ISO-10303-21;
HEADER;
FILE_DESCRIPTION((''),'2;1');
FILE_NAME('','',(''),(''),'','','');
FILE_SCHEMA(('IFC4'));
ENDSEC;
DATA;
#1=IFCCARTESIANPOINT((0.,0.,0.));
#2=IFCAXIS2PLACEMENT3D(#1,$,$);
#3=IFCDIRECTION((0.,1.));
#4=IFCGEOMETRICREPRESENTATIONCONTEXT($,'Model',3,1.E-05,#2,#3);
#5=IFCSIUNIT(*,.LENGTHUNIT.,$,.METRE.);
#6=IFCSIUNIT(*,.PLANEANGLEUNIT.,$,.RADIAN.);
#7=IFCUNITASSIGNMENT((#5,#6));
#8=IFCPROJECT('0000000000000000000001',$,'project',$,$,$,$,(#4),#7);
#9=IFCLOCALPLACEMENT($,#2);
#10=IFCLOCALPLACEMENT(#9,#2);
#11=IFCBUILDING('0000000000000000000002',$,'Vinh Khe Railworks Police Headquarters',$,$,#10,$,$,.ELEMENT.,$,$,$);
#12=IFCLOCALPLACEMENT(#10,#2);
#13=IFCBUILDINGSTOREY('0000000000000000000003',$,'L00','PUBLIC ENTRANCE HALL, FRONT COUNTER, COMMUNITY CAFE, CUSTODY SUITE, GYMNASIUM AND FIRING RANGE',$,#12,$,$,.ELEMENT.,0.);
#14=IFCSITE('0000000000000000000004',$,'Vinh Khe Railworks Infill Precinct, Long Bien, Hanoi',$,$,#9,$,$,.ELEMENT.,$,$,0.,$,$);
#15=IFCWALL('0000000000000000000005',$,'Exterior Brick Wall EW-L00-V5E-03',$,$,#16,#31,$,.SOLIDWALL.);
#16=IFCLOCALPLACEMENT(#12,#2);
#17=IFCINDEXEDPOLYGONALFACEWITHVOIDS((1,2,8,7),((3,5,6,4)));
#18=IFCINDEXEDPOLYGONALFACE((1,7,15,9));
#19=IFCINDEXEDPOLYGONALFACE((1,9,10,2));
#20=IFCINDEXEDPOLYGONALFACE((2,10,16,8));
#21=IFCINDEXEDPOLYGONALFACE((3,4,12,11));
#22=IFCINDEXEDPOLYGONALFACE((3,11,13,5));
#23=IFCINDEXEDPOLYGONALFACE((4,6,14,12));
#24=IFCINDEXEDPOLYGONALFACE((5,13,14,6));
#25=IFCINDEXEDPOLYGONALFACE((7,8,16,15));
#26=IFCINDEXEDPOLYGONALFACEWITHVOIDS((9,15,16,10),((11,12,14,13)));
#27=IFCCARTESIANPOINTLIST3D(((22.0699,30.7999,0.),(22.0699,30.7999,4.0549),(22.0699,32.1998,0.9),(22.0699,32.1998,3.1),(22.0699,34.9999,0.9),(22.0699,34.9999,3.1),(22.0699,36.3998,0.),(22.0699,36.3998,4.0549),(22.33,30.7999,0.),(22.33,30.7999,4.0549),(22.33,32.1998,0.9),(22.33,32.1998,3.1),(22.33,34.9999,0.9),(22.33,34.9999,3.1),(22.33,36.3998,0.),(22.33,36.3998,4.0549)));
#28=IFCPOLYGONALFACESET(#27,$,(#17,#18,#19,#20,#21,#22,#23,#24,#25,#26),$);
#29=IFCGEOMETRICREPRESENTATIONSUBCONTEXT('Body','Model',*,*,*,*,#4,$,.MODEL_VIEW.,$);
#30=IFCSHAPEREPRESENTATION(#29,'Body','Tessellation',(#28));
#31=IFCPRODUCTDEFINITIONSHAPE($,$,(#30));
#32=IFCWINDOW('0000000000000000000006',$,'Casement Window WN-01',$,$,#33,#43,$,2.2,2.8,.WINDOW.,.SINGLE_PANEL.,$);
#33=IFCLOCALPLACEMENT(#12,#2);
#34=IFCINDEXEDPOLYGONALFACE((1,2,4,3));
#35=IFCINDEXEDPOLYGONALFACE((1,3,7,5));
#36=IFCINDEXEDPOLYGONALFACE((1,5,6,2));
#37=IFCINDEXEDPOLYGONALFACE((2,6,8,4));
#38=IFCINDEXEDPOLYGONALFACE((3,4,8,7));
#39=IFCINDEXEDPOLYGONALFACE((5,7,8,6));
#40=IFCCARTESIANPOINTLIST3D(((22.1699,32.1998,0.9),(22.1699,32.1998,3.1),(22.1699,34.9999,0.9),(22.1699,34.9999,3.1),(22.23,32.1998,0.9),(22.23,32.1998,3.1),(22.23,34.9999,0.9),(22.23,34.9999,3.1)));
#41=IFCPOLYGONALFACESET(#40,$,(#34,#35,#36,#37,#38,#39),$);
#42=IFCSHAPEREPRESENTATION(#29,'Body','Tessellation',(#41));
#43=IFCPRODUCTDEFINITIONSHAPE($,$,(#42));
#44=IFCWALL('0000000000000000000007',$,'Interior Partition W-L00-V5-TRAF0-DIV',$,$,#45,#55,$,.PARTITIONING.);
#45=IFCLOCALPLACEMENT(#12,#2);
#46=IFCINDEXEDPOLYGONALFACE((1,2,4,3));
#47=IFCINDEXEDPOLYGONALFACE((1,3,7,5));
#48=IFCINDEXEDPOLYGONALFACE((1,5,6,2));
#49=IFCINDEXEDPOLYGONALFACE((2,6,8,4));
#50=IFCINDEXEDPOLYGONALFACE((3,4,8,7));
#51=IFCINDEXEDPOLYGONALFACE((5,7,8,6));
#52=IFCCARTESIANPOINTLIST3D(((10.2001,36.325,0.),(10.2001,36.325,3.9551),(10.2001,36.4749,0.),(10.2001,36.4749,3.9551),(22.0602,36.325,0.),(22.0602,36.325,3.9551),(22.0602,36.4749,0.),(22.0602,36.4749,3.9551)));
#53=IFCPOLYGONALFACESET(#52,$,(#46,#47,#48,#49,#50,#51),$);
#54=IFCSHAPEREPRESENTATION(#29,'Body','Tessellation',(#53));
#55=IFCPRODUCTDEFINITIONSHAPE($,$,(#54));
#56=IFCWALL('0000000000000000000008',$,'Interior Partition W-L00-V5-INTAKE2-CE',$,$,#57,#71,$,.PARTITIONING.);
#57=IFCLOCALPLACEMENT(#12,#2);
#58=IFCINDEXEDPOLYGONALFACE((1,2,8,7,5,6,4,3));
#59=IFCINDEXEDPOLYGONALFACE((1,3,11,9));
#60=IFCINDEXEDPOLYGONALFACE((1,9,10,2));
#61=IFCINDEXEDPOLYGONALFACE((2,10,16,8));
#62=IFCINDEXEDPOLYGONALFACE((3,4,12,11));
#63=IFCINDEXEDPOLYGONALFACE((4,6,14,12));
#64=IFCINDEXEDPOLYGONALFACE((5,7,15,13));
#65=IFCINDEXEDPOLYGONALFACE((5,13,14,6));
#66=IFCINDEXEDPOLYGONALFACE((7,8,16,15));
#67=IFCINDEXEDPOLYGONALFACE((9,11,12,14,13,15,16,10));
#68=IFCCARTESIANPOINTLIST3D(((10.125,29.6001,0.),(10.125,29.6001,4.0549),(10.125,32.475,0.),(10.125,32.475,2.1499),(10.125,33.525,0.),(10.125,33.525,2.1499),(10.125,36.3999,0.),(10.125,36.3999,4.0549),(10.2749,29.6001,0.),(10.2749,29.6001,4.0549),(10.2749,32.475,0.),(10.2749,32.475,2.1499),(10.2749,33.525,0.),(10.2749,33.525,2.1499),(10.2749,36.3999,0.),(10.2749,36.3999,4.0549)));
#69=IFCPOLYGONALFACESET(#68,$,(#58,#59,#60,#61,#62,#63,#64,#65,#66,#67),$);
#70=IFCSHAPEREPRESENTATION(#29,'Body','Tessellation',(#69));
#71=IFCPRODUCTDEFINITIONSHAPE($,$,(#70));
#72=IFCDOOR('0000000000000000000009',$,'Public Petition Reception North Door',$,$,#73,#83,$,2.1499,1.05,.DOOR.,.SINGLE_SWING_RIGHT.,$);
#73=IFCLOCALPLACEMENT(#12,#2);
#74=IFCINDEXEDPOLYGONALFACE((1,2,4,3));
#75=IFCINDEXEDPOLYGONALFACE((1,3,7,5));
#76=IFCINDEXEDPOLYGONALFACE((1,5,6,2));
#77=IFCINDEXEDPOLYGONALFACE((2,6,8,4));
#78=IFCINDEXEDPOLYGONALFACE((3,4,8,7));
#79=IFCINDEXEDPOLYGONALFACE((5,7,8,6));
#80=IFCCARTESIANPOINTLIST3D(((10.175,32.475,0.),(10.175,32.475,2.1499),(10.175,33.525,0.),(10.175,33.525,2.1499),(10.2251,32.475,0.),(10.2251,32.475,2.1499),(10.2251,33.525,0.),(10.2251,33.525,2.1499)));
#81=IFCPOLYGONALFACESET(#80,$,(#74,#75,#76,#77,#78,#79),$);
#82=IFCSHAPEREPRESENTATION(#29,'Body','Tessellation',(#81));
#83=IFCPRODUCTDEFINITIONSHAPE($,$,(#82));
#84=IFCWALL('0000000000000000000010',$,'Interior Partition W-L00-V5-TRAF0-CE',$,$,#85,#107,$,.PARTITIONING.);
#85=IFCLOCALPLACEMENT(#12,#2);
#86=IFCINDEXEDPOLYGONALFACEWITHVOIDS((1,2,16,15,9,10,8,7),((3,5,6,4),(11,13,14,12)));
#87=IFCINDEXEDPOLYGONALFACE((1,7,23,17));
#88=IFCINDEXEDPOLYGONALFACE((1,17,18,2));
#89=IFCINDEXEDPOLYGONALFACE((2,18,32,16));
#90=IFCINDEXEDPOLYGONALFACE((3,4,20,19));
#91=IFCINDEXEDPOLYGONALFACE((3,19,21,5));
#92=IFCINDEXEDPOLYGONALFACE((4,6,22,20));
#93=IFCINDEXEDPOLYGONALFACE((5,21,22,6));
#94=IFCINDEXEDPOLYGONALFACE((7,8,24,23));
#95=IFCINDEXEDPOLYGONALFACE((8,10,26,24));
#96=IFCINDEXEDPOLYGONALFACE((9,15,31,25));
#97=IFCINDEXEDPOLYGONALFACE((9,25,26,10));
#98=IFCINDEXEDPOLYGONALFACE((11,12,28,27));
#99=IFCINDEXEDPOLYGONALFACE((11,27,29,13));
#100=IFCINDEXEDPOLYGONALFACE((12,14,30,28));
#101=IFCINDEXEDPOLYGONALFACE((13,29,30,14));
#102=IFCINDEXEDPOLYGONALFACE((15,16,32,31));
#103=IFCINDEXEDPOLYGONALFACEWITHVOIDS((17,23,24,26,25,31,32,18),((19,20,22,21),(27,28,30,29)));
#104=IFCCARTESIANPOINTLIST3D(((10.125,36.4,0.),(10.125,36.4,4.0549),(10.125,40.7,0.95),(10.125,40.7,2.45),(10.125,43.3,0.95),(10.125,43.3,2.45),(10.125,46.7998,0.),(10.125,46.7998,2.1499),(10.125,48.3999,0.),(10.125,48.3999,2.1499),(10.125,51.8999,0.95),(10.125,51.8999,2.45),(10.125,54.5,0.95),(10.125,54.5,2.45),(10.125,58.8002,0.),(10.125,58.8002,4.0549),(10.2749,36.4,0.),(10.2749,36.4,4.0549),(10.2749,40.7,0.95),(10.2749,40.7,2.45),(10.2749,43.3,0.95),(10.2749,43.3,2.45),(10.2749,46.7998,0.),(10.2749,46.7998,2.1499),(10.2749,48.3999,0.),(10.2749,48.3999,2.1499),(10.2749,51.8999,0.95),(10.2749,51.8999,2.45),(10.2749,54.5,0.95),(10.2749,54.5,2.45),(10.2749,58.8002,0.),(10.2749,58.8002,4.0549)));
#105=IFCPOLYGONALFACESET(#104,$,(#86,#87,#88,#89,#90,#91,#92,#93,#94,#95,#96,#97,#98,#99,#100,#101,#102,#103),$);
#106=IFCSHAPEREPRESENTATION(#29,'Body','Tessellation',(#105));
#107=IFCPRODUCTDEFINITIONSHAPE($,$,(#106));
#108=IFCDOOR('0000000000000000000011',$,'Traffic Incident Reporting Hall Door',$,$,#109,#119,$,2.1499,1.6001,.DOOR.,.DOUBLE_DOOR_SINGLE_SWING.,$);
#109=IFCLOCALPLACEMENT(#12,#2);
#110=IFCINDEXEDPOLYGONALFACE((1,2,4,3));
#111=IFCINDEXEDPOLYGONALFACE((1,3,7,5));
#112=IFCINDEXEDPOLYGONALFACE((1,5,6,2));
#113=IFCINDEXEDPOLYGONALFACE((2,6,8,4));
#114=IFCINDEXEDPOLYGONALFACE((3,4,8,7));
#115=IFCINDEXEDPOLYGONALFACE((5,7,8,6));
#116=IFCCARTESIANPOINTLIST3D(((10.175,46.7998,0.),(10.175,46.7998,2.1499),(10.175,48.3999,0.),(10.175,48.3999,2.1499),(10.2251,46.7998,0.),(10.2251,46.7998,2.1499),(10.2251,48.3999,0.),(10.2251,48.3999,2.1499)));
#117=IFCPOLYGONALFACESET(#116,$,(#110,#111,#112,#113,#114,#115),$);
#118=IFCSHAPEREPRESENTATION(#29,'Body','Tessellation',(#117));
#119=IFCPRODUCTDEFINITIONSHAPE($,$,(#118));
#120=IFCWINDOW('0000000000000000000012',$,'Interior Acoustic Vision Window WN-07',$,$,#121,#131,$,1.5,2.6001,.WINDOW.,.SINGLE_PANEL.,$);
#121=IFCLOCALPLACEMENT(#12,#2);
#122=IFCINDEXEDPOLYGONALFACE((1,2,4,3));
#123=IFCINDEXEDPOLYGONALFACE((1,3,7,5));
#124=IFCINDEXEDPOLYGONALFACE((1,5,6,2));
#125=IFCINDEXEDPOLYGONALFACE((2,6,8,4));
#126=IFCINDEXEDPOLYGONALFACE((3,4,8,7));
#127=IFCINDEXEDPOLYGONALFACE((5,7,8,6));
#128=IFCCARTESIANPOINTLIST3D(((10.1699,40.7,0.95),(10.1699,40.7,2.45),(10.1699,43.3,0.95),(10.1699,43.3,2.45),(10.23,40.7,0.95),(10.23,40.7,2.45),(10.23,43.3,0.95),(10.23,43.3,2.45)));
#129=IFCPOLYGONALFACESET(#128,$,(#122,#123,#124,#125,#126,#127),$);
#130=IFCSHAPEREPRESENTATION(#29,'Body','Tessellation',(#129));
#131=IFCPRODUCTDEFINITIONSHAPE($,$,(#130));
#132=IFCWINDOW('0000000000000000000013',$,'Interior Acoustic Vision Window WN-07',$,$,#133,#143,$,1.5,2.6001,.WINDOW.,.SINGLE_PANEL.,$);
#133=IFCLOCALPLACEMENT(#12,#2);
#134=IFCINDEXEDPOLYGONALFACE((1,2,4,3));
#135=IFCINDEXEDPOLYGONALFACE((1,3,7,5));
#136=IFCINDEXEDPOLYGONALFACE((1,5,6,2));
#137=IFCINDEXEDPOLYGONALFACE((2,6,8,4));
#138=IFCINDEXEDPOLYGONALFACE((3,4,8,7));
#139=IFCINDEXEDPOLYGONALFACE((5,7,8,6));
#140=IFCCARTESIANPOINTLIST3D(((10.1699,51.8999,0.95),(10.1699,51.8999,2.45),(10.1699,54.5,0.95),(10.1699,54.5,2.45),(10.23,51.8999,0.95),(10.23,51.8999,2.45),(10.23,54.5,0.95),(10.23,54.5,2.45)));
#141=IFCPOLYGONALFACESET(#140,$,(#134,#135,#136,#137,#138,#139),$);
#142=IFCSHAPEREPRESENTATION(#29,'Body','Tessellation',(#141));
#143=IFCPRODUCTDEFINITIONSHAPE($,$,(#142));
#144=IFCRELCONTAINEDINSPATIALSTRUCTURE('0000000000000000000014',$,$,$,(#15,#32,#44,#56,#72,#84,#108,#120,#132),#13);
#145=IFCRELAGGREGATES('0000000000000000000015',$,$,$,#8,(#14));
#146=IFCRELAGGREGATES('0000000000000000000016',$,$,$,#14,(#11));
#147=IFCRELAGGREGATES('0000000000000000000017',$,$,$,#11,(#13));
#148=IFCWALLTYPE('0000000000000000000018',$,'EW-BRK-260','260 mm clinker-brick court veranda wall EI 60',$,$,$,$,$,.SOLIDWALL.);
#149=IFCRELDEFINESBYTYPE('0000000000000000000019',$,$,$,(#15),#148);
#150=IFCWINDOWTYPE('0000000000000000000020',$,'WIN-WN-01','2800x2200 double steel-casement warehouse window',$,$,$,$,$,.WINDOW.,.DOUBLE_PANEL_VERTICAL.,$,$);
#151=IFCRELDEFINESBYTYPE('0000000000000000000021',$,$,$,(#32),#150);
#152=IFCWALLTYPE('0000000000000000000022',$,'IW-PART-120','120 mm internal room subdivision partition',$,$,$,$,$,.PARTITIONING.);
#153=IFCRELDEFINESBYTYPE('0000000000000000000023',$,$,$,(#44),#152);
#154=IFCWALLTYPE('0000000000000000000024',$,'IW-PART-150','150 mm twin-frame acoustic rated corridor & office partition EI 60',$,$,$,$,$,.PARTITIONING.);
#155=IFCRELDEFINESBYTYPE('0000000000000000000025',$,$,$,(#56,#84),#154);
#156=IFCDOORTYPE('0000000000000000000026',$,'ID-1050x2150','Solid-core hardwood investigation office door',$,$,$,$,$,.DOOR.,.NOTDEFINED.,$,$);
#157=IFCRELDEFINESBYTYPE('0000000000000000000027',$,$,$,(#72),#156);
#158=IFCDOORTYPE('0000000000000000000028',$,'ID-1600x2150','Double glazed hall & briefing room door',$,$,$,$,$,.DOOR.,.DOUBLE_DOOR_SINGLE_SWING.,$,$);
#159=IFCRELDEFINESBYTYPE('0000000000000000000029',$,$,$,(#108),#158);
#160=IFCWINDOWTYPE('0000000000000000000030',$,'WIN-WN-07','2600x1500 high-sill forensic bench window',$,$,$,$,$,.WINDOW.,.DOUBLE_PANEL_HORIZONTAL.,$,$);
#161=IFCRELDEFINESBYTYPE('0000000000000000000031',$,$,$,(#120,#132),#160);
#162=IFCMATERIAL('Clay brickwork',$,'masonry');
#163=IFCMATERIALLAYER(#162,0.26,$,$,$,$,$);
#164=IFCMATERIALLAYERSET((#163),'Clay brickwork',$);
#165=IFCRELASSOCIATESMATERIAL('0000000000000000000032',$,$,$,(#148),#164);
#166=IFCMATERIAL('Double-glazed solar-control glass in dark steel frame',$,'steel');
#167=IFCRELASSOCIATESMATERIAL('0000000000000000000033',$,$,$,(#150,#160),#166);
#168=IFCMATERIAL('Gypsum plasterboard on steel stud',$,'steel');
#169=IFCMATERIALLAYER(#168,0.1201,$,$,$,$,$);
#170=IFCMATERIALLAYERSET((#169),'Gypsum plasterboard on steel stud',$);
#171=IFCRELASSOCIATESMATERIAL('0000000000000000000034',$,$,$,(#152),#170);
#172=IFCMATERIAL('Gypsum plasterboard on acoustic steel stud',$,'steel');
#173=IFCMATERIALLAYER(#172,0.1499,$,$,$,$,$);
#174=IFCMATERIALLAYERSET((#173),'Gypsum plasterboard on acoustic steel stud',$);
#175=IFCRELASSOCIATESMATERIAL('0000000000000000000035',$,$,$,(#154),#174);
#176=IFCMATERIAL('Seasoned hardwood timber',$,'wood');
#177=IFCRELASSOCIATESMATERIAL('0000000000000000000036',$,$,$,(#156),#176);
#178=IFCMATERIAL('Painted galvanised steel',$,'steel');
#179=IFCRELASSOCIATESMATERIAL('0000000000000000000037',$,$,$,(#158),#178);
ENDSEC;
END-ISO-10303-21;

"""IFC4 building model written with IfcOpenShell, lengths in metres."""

from ifc_helpers import new_model, si_unit, direction, frame, frame_2d, origin, place, context, subcontext, project, spatial, rectangle, extrude, material, layer, layer_set, type_object, element, fill, save


model = new_model("IFC4")

# Units and contexts
model_context = context("Model", 3, precision=1e-05, world=origin(), true_north=direction((0.0, 1.0)))
body_context = subcontext(model_context, "Body", "Model", "MODEL_VIEW")
ifc_project = project(units=[si_unit("LENGTHUNIT", "METRE"), si_unit("PLANEANGLEUNIT", "RADIAN")], contexts=[model_context])

# Site, building, storey
site_placement = place(None, origin())
site = spatial("IfcSite", under=ifc_project, at=site_placement, Name="Vinh Khe Railworks Infill Precinct, Long Bien, Hanoi", CompositionType="ELEMENT", RefElevation=0.0)
building_placement = place(site_placement, origin())
building = spatial("IfcBuilding", under=site, at=building_placement, Name="Vinh Khe Railworks Police Headquarters", CompositionType="ELEMENT")
storey_placement = place(building_placement, origin())
storey = spatial("IfcBuildingStorey", under=building, at=storey_placement, Name="L00", Description="PUBLIC ENTRANCE HALL, FRONT COUNTER, COMMUNITY CAFE, CUSTODY SUITE, GYMNASIUM AND FIRING RANGE", CompositionType="ELEMENT", Elevation=0.0)

# Shared definitions
ifc_material_1 = material(Name="Painted galvanised steel", Category="steel")

# Wall, opening, window
ifc_material_2 = material(Name="Clay brickwork", Category="masonry")
ifc_layer_1 = layer(ifc_material_2, 0.26)
ifc_layer_set_1 = layer_set([ifc_layer_1], Name="Clay brickwork")
wall_type_1 = type_object("IfcWallType", Name="EW-BRK-260", Description="260 mm clinker-brick court veranda wall EI 60", PredefinedType="SOLIDWALL", material=ifc_layer_set_1)
wall_1_placement = place(storey_placement, frame((22.2, 30.8, 0.0), z_axis=(0.0, 0.0, 1.0), x_axis=(0.0, 1.0, 0.0)))
wall_1 = element("IfcWall", 1, at=wall_1_placement, inside=storey, type_object=wall_type_1, Name="Exterior Brick Wall EW-L00-V5E-03", PredefinedType="SOLIDWALL", context=body_context, shape_type="SweptSolid", body=[
    extrude(rectangle(XDim=5.5999, YDim=0.26, at=frame_2d((2.7998, 0.0))), origin(), (0.0, 0.0, 1.0), 4.0549),
])
opening_1_placement = place(wall_1_placement, frame((1.3999, 0.0, 0.8999)))
opening_1 = element("IfcOpeningElement", 2, at=opening_1_placement, cuts=wall_1, PredefinedType="OPENING", context=body_context, shape_type="SweptSolid", body=[
    extrude(rectangle(XDim=2.8, YDim=2.2, at=frame_2d((1.3999, 1.1001))), frame((0.0, 0.145, 0.0), z_axis=(0.0, -1.0, 0.0), x_axis=(1.0, 0.0, 0.0)), (0.0, 0.0, 1.0), 0.2898),
])
ifc_material_3 = material(Name="Double-glazed solar-control glass in dark steel frame", Category="steel")
window_type_1 = type_object("IfcWindowType", Name="WIN-WN-01", Description="2800x2200 double steel-casement warehouse window", PartitioningType="DOUBLE_PANEL_VERTICAL", PredefinedType="WINDOW", material=ifc_material_3)
window_1_placement = place(opening_1_placement, origin())
window_1 = element("IfcWindow", 3, at=window_1_placement, inside=storey, type_object=window_type_1, Name="Casement Window WN-01", OverallHeight=2.2, OverallWidth=2.8, PartitioningType="SINGLE_PANEL", PredefinedType="WINDOW", context=body_context, shape_type="SweptSolid", body=[
    extrude(rectangle(XDim=2.8, YDim=2.2, at=frame_2d((1.3999, 1.1001))), frame((0.0, 0.03, 0.0), z_axis=(0.0, -1.0, 0.0), x_axis=(1.0, 0.0, 0.0)), (0.0, 0.0, 1.0), 0.0601),
])
fill(opening_1, window_1)

# Wall
ifc_material_4 = material(Name="Gypsum plasterboard on steel stud", Category="steel")
ifc_layer_2 = layer(ifc_material_4, 0.1201)
ifc_layer_set_2 = layer_set([ifc_layer_2], Name="Gypsum plasterboard on steel stud")
wall_type_2 = type_object("IfcWallType", Name="IW-PART-120", Description="120 mm internal room subdivision partition", PredefinedType="PARTITIONING", material=ifc_layer_set_2)
wall_2_placement = place(storey_placement, frame((10.2, 36.3999, 0.0), z_axis=(0.0, 0.0, 1.0), x_axis=(1.0, 0.0, 0.0)))
element("IfcWall", 4, at=wall_2_placement, inside=storey, type_object=wall_type_2, Name="Interior Partition W-L00-V5-TRAF0-DIV", PredefinedType="PARTITIONING", context=body_context, shape_type="SweptSolid", body=[
    extrude(rectangle(XDim=11.8601, YDim=0.1499, at=frame_2d((5.9302, 0.0))), origin(), (0.0, 0.0, 1.0), 3.9551),
])

# Wall, opening, door
ifc_material_5 = material(Name="Gypsum plasterboard on acoustic steel stud", Category="steel")
ifc_layer_3 = layer(ifc_material_5, 0.1499)
ifc_layer_set_3 = layer_set([ifc_layer_3], Name="Gypsum plasterboard on acoustic steel stud")
wall_type_3 = type_object("IfcWallType", Name="IW-PART-150", Description="150 mm twin-frame acoustic rated corridor & office partition EI 60", PredefinedType="PARTITIONING", material=ifc_layer_set_3)
wall_3_placement = place(storey_placement, frame((10.2, 29.6001, 0.0), z_axis=(0.0, 0.0, 1.0), x_axis=(0.0, 1.0, 0.0)))
wall_3 = element("IfcWall", 5, at=wall_3_placement, inside=storey, type_object=wall_type_3, Name="Interior Partition W-L00-V5-INTAKE2-CE", PredefinedType="PARTITIONING", context=body_context, shape_type="SweptSolid", body=[
    extrude(rectangle(XDim=6.7998, YDim=0.1499, at=frame_2d((3.3999, 0.0))), origin(), (0.0, 0.0, 1.0), 4.0549),
])
opening_2_placement = place(wall_3_placement, frame((2.875, 0.0, 0.0)))
opening_2 = element("IfcOpeningElement", 6, at=opening_2_placement, cuts=wall_3, PredefinedType="OPENING", context=body_context, shape_type="SweptSolid", body=[
    extrude(rectangle(XDim=1.05, YDim=2.1499, at=frame_2d((0.5249, 1.075))), frame((0.0, 0.0898, 0.0), z_axis=(0.0, -1.0, 0.0), x_axis=(1.0, 0.0, 0.0)), (0.0, 0.0, 1.0), 0.1797),
])
ifc_material_6 = material(Name="Seasoned hardwood timber", Category="wood")
door_type_1 = type_object("IfcDoorType", Name="ID-1050x2150", Description="Solid-core hardwood investigation office door", OperationType="NOTDEFINED", PredefinedType="DOOR", material=ifc_material_6)
door_1_placement = place(opening_2_placement, origin())
door_1 = element("IfcDoor", 7, at=door_1_placement, inside=storey, type_object=door_type_1, Name="Public Petition Reception North Door", OperationType="SINGLE_SWING_RIGHT", OverallHeight=2.1499, OverallWidth=1.05, PredefinedType="DOOR", context=body_context, shape_type="SweptSolid", body=[
    extrude(rectangle(XDim=1.05, YDim=2.1499, at=frame_2d((0.5249, 1.075))), frame((0.0, 0.0249, 0.0), z_axis=(0.0, -1.0, 0.0), x_axis=(1.0, 0.0, 0.0)), (0.0, 0.0, 1.0), 0.05),
])
fill(opening_2, door_1)

# Wall, openings, door, windows
wall_4_placement = place(storey_placement, frame((10.2, 36.3999, 0.0), z_axis=(0.0, 0.0, 1.0), x_axis=(0.0, 1.0, 0.0)))
wall_4 = element("IfcWall", 8, at=wall_4_placement, inside=storey, type_object=wall_type_3, Name="Interior Partition W-L00-V5-TRAF0-CE", PredefinedType="PARTITIONING", context=body_context, shape_type="SweptSolid", body=[
    extrude(rectangle(XDim=22.4001, YDim=0.1499, at=frame_2d((11.2002, 0.0))), origin(), (0.0, 0.0, 1.0), 4.0549),
])
opening_3_placement = place(wall_4_placement, frame((10.3999, 0.0, 0.0)))
opening_3 = element("IfcOpeningElement", 9, at=opening_3_placement, cuts=wall_4, PredefinedType="OPENING", context=body_context, shape_type="SweptSolid", body=[
    extrude(rectangle(XDim=1.6001, YDim=2.1499, at=frame_2d((0.8, 1.075))), frame((0.0, 0.0898, 0.0), z_axis=(0.0, -1.0, 0.0), x_axis=(1.0, 0.0, 0.0)), (0.0, 0.0, 1.0), 0.1797),
])
opening_4_placement = place(wall_4_placement, frame((4.3, 0.0, 0.95)))
opening_4 = element("IfcOpeningElement", 10, at=opening_4_placement, cuts=wall_4, PredefinedType="OPENING", context=body_context, shape_type="SweptSolid", body=[
    extrude(rectangle(XDim=2.6001, YDim=1.5, at=frame_2d((1.3, 0.75))), frame((0.0, 0.0898, 0.0), z_axis=(0.0, -1.0, 0.0), x_axis=(1.0, 0.0, 0.0)), (0.0, 0.0, 1.0), 0.1797),
])
opening_5_placement = place(wall_4_placement, frame((15.5, 0.0, 0.95)))
opening_5 = element("IfcOpeningElement", 11, at=opening_5_placement, cuts=wall_4, PredefinedType="OPENING", context=body_context, shape_type="SweptSolid", body=[
    extrude(rectangle(XDim=2.6001, YDim=1.5, at=frame_2d((1.3, 0.75))), frame((0.0, 0.0898, 0.0), z_axis=(0.0, -1.0, 0.0), x_axis=(1.0, 0.0, 0.0)), (0.0, 0.0, 1.0), 0.1797),
])
door_type_2 = type_object("IfcDoorType", Name="ID-1600x2150", Description="Double glazed hall & briefing room door", OperationType="DOUBLE_DOOR_SINGLE_SWING", PredefinedType="DOOR", material=ifc_material_1)
door_2_placement = place(opening_3_placement, origin())
door_2 = element("IfcDoor", 12, at=door_2_placement, inside=storey, type_object=door_type_2, Name="Traffic Incident Reporting Hall Door", OperationType="DOUBLE_DOOR_SINGLE_SWING", OverallHeight=2.1499, OverallWidth=1.6001, PredefinedType="DOOR", context=body_context, shape_type="SweptSolid", body=[
    extrude(rectangle(XDim=1.6001, YDim=2.1499, at=frame_2d((0.8, 1.075))), frame((0.0, 0.0249, 0.0), z_axis=(0.0, -1.0, 0.0), x_axis=(1.0, 0.0, 0.0)), (0.0, 0.0, 1.0), 0.05),
])
fill(opening_3, door_2)
window_type_2 = type_object("IfcWindowType", Name="WIN-WN-07", Description="2600x1500 high-sill forensic bench window", PartitioningType="DOUBLE_PANEL_HORIZONTAL", PredefinedType="WINDOW", material=ifc_material_3)
window_2_placement = place(opening_4_placement, origin())
window_2 = element("IfcWindow", 13, at=window_2_placement, inside=storey, type_object=window_type_2, Name="Interior Acoustic Vision Window WN-07", OverallHeight=1.5, OverallWidth=2.6001, PartitioningType="SINGLE_PANEL", PredefinedType="WINDOW", context=body_context, shape_type="SweptSolid", body=[
    extrude(rectangle(XDim=2.6001, YDim=1.5, at=frame_2d((1.3, 0.75))), frame((0.0, 0.03, 0.0), z_axis=(0.0, -1.0, 0.0), x_axis=(1.0, 0.0, 0.0)), (0.0, 0.0, 1.0), 0.0601),
])
fill(opening_4, window_2)
window_3_placement = place(opening_5_placement, origin())
window_3 = element("IfcWindow", 14, at=window_3_placement, inside=storey, type_object=window_type_2, Name="Interior Acoustic Vision Window WN-07", OverallHeight=1.5, OverallWidth=2.6001, PartitioningType="SINGLE_PANEL", PredefinedType="WINDOW", context=body_context, shape_type="SweptSolid", body=[
    extrude(rectangle(XDim=2.6001, YDim=1.5, at=frame_2d((1.3, 0.75))), frame((0.0, 0.03, 0.0), z_axis=(0.0, -1.0, 0.0), x_axis=(1.0, 0.0, 0.0)), (0.0, 0.0, 1.0), 0.0601),
])
fill(opening_5, window_3)

save(model, "model.ifc")
